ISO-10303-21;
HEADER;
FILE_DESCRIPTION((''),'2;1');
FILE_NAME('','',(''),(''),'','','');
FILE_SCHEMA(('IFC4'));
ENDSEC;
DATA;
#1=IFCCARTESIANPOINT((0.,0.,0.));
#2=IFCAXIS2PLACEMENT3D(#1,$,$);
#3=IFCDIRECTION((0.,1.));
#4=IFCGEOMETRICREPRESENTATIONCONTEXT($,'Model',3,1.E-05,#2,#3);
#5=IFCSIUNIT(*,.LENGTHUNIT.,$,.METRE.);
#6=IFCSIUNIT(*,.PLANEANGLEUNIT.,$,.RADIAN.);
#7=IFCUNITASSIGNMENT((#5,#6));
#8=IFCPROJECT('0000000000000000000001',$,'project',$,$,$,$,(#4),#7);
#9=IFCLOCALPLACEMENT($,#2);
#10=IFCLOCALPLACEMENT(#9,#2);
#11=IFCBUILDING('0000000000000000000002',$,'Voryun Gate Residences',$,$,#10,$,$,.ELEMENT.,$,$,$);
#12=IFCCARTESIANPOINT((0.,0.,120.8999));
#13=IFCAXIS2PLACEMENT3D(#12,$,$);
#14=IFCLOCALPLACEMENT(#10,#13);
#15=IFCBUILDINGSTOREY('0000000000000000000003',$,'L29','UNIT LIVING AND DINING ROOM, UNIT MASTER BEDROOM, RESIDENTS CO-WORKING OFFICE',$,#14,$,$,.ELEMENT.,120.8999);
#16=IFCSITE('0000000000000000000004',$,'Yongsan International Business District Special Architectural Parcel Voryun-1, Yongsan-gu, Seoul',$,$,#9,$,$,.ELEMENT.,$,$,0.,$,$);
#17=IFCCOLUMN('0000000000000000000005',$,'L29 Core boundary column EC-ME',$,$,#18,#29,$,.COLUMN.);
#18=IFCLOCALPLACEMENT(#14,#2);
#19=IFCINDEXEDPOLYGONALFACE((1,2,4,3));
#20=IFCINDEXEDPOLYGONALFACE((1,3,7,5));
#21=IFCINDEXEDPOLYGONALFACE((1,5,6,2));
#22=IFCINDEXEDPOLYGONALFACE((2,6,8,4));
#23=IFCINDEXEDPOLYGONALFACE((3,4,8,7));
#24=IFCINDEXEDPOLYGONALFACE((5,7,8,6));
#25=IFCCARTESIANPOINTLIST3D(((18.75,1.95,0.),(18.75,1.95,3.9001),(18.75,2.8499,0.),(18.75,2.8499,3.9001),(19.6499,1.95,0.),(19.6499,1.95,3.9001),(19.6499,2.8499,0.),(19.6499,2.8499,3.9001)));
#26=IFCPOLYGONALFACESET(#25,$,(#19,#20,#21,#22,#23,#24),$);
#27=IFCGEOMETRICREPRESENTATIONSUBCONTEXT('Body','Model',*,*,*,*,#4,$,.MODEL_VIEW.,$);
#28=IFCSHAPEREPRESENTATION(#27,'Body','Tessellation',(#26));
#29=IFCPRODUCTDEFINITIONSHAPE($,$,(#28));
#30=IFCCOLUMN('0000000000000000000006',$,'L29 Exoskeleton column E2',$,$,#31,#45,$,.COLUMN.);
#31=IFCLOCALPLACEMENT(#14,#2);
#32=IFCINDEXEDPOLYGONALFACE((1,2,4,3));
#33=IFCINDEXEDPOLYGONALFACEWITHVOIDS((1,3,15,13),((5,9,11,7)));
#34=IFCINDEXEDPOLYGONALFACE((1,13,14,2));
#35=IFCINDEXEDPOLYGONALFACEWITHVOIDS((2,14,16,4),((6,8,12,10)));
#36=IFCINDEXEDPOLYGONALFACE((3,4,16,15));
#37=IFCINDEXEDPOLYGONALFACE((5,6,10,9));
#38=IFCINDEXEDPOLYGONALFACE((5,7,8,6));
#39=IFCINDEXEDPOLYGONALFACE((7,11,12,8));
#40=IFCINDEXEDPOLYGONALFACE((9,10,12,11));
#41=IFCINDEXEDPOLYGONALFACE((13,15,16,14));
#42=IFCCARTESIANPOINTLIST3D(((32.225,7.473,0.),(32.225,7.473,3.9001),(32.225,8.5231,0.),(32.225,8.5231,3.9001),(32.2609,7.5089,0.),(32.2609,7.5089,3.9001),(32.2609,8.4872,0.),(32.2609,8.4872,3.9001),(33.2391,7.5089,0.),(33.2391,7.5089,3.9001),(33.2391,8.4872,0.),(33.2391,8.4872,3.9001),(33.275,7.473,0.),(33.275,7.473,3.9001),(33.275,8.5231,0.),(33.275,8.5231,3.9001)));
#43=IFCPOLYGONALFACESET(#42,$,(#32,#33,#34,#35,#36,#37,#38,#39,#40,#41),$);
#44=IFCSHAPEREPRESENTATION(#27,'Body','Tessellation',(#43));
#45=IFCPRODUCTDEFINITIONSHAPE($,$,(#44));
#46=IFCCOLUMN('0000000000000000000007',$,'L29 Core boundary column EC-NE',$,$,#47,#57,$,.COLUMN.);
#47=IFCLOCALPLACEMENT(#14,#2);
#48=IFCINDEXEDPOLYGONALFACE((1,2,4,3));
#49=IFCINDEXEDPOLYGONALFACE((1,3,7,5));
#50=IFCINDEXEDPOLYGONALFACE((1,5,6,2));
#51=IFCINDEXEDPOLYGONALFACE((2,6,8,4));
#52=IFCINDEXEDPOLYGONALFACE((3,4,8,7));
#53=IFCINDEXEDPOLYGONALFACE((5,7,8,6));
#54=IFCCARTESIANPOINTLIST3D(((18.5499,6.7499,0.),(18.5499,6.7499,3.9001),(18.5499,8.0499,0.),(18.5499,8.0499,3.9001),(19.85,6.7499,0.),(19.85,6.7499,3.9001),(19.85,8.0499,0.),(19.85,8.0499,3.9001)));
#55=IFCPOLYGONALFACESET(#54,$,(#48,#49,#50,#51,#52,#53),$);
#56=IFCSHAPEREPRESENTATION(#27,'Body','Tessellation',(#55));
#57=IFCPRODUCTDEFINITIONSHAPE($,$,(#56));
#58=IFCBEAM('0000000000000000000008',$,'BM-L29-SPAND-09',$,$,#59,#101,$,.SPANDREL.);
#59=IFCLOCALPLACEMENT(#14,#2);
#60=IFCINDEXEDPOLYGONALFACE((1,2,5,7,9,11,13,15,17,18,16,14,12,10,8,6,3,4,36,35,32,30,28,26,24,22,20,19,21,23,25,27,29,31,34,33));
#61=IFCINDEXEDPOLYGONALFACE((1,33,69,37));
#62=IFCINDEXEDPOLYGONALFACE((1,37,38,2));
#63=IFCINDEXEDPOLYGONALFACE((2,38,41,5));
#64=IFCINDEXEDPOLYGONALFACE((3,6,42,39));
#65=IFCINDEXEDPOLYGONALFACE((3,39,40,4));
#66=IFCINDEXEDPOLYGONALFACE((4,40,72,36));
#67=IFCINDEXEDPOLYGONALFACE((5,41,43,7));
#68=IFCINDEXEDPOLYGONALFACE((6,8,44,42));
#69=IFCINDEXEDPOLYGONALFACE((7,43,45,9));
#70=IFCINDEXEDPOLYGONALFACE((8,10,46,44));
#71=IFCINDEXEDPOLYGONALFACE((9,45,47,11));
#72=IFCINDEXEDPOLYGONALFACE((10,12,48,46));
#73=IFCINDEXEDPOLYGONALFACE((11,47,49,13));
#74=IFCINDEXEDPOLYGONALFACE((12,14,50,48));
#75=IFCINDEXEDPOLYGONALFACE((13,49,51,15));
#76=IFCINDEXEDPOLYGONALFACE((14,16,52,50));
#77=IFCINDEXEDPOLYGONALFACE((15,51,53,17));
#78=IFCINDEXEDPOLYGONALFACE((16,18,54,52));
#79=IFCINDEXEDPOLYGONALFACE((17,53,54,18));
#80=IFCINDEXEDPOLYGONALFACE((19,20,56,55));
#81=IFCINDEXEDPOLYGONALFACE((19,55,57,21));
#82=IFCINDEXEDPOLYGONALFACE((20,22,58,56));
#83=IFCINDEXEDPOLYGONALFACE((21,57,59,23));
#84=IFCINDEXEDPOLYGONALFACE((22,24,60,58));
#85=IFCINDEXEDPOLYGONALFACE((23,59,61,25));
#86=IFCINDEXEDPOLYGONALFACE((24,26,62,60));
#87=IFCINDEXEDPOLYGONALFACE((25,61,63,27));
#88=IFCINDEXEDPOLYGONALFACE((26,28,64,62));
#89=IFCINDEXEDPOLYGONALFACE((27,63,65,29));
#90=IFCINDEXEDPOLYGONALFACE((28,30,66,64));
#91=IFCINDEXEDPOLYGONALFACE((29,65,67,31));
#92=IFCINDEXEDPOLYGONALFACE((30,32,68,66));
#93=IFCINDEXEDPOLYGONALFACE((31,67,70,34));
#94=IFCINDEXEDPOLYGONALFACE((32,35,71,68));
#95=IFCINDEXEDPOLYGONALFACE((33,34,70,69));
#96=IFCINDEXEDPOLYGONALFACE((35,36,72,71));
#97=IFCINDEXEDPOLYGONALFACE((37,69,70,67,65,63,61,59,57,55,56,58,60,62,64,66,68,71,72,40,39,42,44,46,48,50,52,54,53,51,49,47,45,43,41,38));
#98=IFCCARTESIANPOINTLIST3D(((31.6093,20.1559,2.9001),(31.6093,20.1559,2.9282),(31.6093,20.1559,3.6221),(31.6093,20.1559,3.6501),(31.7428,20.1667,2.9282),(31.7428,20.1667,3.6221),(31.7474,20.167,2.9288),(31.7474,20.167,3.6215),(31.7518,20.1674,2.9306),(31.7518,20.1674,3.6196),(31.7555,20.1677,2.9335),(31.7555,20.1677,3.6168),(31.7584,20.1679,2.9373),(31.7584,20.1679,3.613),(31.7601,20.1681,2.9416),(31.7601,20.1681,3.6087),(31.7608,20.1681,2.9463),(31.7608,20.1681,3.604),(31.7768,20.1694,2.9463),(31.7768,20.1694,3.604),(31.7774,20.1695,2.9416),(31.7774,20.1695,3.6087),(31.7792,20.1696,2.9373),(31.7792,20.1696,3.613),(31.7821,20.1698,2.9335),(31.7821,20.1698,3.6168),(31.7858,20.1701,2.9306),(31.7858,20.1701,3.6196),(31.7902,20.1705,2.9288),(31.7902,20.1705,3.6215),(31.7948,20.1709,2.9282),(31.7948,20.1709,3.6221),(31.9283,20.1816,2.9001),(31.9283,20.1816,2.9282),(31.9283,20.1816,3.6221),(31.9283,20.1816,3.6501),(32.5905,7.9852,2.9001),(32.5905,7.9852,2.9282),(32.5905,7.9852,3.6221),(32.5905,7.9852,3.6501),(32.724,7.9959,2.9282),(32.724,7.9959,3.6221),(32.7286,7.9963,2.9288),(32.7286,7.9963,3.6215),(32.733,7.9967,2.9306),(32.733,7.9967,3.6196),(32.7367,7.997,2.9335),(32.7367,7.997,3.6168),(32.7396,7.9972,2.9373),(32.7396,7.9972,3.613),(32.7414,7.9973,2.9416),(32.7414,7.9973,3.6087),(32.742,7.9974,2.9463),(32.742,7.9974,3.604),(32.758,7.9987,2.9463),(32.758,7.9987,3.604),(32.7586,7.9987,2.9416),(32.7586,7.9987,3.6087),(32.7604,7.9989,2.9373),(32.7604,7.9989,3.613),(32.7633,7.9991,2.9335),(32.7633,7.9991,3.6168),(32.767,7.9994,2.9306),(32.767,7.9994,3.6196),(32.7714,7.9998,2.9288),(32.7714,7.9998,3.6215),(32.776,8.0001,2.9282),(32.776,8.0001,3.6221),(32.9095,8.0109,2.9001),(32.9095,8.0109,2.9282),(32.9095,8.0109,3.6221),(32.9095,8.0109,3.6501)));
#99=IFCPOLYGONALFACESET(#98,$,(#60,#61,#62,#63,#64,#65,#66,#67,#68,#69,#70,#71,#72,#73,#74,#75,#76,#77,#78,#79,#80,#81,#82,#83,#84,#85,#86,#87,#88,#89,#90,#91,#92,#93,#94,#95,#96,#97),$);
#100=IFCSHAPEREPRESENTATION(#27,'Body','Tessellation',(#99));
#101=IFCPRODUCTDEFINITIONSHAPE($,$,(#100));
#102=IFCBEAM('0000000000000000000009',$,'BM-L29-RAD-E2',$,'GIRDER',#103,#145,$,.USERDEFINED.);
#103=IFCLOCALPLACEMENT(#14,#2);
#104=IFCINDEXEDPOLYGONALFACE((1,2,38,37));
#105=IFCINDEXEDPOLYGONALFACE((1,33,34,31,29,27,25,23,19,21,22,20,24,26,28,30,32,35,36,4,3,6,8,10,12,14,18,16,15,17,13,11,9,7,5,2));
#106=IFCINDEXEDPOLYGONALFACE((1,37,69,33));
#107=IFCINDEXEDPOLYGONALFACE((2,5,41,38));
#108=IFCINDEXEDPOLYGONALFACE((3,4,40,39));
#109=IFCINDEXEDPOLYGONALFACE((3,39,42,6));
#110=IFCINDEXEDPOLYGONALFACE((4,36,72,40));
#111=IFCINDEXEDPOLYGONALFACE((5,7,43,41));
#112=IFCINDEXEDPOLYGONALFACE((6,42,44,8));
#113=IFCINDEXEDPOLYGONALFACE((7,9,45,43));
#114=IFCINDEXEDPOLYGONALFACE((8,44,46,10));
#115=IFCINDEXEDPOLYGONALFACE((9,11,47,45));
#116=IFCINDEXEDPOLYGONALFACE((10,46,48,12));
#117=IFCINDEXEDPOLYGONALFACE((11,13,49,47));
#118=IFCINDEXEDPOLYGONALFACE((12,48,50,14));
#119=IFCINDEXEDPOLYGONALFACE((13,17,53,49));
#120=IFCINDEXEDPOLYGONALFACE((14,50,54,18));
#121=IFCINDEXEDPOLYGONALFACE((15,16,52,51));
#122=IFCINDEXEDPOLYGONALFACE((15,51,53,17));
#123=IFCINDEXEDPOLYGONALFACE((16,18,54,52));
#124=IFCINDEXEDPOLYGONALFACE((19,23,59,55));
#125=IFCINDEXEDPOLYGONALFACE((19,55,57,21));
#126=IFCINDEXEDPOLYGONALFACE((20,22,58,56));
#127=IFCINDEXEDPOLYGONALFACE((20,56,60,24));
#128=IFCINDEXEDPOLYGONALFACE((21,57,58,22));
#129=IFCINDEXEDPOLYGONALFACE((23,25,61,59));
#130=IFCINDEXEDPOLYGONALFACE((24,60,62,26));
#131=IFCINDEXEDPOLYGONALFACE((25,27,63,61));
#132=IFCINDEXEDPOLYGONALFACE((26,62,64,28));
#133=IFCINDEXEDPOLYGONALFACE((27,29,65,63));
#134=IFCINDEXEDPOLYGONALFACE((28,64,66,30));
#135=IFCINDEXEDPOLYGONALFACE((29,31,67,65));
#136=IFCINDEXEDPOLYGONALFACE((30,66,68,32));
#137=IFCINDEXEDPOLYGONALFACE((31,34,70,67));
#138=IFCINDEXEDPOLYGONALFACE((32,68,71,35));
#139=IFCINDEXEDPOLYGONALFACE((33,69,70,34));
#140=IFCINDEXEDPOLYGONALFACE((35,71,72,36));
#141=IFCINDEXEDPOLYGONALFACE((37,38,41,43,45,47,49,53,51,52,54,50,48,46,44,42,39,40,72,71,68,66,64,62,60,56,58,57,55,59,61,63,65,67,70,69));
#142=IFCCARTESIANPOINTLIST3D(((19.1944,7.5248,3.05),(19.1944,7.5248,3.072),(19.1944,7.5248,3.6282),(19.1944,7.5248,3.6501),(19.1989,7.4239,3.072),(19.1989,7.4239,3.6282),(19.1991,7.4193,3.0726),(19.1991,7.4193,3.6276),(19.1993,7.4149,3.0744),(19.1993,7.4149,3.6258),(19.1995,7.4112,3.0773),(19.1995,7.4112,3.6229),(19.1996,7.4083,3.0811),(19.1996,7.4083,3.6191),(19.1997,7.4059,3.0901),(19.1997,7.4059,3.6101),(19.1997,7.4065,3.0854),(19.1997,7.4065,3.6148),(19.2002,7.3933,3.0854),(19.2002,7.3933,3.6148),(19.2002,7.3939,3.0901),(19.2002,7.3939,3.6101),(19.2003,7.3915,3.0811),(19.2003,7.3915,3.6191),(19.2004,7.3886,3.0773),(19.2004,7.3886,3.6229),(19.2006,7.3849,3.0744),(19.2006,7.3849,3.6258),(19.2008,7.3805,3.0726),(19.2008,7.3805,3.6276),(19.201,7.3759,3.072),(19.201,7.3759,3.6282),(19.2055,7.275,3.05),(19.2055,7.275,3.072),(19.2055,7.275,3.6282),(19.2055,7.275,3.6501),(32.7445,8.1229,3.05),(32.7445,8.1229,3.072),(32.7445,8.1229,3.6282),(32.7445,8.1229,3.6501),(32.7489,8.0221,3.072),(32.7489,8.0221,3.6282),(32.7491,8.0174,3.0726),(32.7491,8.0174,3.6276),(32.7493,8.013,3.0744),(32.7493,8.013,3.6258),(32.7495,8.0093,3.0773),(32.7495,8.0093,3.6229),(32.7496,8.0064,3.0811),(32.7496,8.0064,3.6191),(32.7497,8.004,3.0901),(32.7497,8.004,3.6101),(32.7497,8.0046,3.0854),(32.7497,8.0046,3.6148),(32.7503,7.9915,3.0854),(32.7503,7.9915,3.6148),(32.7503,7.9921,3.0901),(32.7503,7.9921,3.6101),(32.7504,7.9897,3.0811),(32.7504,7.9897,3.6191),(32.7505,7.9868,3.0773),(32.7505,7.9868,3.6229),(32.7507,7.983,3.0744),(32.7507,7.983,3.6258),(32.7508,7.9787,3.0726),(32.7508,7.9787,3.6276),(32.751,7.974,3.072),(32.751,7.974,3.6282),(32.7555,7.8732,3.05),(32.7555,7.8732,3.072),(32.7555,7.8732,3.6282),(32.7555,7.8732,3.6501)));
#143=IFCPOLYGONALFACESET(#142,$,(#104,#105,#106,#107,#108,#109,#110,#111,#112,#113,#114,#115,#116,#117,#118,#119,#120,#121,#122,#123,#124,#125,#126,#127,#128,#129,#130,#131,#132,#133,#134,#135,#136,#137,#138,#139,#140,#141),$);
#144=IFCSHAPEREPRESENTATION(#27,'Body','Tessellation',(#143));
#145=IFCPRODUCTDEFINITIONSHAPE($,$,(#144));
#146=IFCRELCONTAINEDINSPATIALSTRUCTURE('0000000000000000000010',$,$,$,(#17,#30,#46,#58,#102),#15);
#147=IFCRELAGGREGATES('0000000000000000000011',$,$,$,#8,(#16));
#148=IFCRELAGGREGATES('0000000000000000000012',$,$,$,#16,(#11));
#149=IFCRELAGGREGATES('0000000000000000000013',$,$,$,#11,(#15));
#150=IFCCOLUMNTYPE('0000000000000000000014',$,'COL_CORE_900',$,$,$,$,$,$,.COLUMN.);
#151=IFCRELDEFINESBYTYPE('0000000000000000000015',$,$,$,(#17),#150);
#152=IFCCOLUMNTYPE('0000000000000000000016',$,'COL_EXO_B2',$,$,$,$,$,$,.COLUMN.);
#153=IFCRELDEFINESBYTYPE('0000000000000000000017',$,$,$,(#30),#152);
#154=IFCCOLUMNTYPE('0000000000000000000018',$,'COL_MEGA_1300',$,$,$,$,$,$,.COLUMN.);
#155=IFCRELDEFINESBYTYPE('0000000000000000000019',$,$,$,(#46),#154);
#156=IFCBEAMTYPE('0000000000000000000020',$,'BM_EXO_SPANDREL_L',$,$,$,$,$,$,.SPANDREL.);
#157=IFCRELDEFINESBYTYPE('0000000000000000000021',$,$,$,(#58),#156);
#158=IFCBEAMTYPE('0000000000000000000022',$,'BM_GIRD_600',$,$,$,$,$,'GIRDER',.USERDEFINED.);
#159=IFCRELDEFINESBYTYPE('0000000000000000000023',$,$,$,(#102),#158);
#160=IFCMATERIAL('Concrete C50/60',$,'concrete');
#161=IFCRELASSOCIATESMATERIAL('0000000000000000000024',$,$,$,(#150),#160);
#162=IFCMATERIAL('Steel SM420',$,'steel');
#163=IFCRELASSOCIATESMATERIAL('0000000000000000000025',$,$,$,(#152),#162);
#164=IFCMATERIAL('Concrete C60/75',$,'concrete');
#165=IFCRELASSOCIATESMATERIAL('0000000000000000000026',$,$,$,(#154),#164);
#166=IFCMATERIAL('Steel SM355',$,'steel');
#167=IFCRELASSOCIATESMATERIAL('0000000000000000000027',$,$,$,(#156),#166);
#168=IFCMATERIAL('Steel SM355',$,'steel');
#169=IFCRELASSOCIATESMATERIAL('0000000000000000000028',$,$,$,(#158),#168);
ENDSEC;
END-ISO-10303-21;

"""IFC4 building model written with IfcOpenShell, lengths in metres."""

from ifc_helpers import new_model, si_unit, direction, frame, origin, origin_2d, place, context, subcontext, project, spatial, rectangle, hollow_rectangle, i_section, extrude, material, material_profile, profile_set, type_object, element, save


model = new_model("IFC4")

# Units and contexts
model_context = context("Model", 3, precision=1e-05, world=origin(), true_north=direction((0.0, 1.0)))
body_context = subcontext(model_context, "Body", "Model", "MODEL_VIEW")
ifc_project = project(units=[si_unit("LENGTHUNIT", "METRE"), si_unit("PLANEANGLEUNIT", "RADIAN")], contexts=[model_context])

# Site, building, storey
site_placement = place(None, origin())
site = spatial("IfcSite", under=ifc_project, at=site_placement, Name="Yongsan International Business District Special Architectural Parcel Voryun-1, Yongsan-gu, Seoul", CompositionType="ELEMENT", RefElevation=0.0)
building_placement = place(site_placement, origin())
building = spatial("IfcBuilding", under=site, at=building_placement, Name="Voryun Gate Residences", CompositionType="ELEMENT")
storey_placement = place(building_placement, frame((0.0, 0.0, 120.8999)))
storey = spatial("IfcBuildingStorey", under=building, at=storey_placement, Name="L29", Description="UNIT LIVING AND DINING ROOM, UNIT MASTER BEDROOM, RESIDENTS CO-WORKING OFFICE", CompositionType="ELEMENT", Elevation=120.8999)

# Columns
ifc_material_1 = material(Name="Concrete C50/60", Category="concrete")
ifc_material_profile_1 = material_profile(ifc_material_1, rectangle(XDim=0.8999, YDim=0.8999, at=origin_2d()), Name="RC-900x900")
ifc_profile_set_1 = profile_set([ifc_material_profile_1], Name="Concrete C50/60")
column_type_1 = type_object("IfcColumnType", Name="COL_CORE_900", PredefinedType="COLUMN", material=ifc_profile_set_1)
column_1_placement = place(storey_placement, frame((19.2, 2.3999, 0.0), z_axis=(0.0, 0.0, 1.0), x_axis=(1.0, 0.0, 0.0)))
element("IfcColumn", 1, at=column_1_placement, inside=storey, type_object=column_type_1, Name="L29 Core boundary column EC-ME", PredefinedType="COLUMN", context=body_context, shape_type="SweptSolid", body=[
    extrude(rectangle(XDim=0.8999, YDim=0.8999, at=origin_2d()), origin(), (0.0, 0.0, 1.0), 3.9001),
])
ifc_material_2 = material(Name="Steel SM420", Category="steel")
ifc_material_profile_2 = material_profile(ifc_material_2, hollow_rectangle(XDim=1.05, YDim=1.05, WallThickness=0.0359, at=origin_2d()), Name="BOX-1050x1050x36")
ifc_profile_set_2 = profile_set([ifc_material_profile_2], Name="Steel SM420")
column_type_2 = type_object("IfcColumnType", Name="COL_EXO_B2", PredefinedType="COLUMN", material=ifc_profile_set_2)
column_2_placement = place(storey_placement, frame((32.75, 7.998, 0.0), z_axis=(0.0, 0.0, 1.0), x_axis=(1.0, 0.0, 0.0)))
element("IfcColumn", 2, at=column_2_placement, inside=storey, type_object=column_type_2, Name="L29 Exoskeleton column E2", PredefinedType="COLUMN", context=body_context, shape_type="SweptSolid", body=[
    extrude(hollow_rectangle(XDim=1.05, YDim=1.05, WallThickness=0.0359, at=origin_2d()), origin(), (0.0, 0.0, 1.0), 3.9001),
])
ifc_material_3 = material(Name="Concrete C60/75", Category="concrete")
ifc_material_profile_3 = material_profile(ifc_material_3, rectangle(XDim=1.3, YDim=1.3, at=origin_2d()), Name="RC-1300x1300")
ifc_profile_set_3 = profile_set([ifc_material_profile_3], Name="Concrete C60/75")
column_type_3 = type_object("IfcColumnType", Name="COL_MEGA_1300", PredefinedType="COLUMN", material=ifc_profile_set_3)
column_3_placement = place(storey_placement, frame((19.2, 7.3999, 0.0), z_axis=(0.0, 0.0, 1.0), x_axis=(1.0, 0.0, 0.0)))
element("IfcColumn", 3, at=column_3_placement, inside=storey, type_object=column_type_3, Name="L29 Core boundary column EC-NE", PredefinedType="COLUMN", context=body_context, shape_type="SweptSolid", body=[
    extrude(rectangle(XDim=1.3, YDim=1.3, at=origin_2d()), origin(), (0.0, 0.0, 1.0), 3.9001),
])

# Beams
ifc_material_4 = material(Name="Steel SM355", Category="steel")
ifc_material_profile_4 = material_profile(ifc_material_4, i_section(OverallWidth=0.3201, OverallDepth=0.75, WebThickness=0.0161, FlangeThickness=0.0281, FilletRadius=0.0181, at=origin_2d()), Name="H-750x320x16x28")
ifc_profile_set_4 = profile_set([ifc_material_profile_4], Name="Steel SM355")
beam_type_1 = type_object("IfcBeamType", Name="BM_EXO_SPANDREL_L", PredefinedType="SPANDREL", material=ifc_profile_set_4)
beam_1_placement = place(storey_placement, frame((32.75, 7.998, 3.2751), z_axis=(-0.08036, 0.996766, 0.0), x_axis=(-0.996766, -0.08036, 0.0)))
element("IfcBeam", 4, at=beam_1_placement, inside=storey, type_object=beam_type_1, Name="BM-L29-SPAND-09", PredefinedType="SPANDREL", context=body_context, shape_type="SweptSolid", body=[
    extrude(i_section(OverallWidth=0.3201, OverallDepth=0.75, WebThickness=0.0161, FlangeThickness=0.0281, FilletRadius=0.0181, at=origin_2d()), origin(), (0.0, 0.0, 1.0), 12.2102),
])
ifc_material_5 = material(Name="Steel SM355", Category="steel")
ifc_material_profile_5 = material_profile(ifc_material_5, i_section(OverallWidth=0.25, OverallDepth=0.6001, WebThickness=0.012, FlangeThickness=0.022, FilletRadius=0.0181, at=origin_2d()), Name="H-600x250x12x22")
ifc_profile_set_5 = profile_set([ifc_material_profile_5], Name="Steel SM355")
beam_type_2 = type_object("IfcBeamType", Name="BM_GIRD_600", ElementType="GIRDER", PredefinedType="USERDEFINED", material=ifc_profile_set_5)
beam_2_placement = place(storey_placement, frame((19.2, 7.3999, 3.3501), z_axis=(0.999027, 0.0441, 0.0), x_axis=(-0.0441, 0.999027, 0.0)))
element("IfcBeam", 5, at=beam_2_placement, inside=storey, type_object=beam_type_2, Name="BM-L29-RAD-E2", ObjectType="GIRDER", PredefinedType="USERDEFINED", context=body_context, shape_type="SweptSolid", body=[
    extrude(i_section(OverallWidth=0.25, OverallDepth=0.6001, WebThickness=0.012, FlangeThickness=0.022, FilletRadius=0.0181, at=origin_2d()), origin(), (0.0, 0.0, 1.0), 13.5632),
])

save(model, "model.ifc")
